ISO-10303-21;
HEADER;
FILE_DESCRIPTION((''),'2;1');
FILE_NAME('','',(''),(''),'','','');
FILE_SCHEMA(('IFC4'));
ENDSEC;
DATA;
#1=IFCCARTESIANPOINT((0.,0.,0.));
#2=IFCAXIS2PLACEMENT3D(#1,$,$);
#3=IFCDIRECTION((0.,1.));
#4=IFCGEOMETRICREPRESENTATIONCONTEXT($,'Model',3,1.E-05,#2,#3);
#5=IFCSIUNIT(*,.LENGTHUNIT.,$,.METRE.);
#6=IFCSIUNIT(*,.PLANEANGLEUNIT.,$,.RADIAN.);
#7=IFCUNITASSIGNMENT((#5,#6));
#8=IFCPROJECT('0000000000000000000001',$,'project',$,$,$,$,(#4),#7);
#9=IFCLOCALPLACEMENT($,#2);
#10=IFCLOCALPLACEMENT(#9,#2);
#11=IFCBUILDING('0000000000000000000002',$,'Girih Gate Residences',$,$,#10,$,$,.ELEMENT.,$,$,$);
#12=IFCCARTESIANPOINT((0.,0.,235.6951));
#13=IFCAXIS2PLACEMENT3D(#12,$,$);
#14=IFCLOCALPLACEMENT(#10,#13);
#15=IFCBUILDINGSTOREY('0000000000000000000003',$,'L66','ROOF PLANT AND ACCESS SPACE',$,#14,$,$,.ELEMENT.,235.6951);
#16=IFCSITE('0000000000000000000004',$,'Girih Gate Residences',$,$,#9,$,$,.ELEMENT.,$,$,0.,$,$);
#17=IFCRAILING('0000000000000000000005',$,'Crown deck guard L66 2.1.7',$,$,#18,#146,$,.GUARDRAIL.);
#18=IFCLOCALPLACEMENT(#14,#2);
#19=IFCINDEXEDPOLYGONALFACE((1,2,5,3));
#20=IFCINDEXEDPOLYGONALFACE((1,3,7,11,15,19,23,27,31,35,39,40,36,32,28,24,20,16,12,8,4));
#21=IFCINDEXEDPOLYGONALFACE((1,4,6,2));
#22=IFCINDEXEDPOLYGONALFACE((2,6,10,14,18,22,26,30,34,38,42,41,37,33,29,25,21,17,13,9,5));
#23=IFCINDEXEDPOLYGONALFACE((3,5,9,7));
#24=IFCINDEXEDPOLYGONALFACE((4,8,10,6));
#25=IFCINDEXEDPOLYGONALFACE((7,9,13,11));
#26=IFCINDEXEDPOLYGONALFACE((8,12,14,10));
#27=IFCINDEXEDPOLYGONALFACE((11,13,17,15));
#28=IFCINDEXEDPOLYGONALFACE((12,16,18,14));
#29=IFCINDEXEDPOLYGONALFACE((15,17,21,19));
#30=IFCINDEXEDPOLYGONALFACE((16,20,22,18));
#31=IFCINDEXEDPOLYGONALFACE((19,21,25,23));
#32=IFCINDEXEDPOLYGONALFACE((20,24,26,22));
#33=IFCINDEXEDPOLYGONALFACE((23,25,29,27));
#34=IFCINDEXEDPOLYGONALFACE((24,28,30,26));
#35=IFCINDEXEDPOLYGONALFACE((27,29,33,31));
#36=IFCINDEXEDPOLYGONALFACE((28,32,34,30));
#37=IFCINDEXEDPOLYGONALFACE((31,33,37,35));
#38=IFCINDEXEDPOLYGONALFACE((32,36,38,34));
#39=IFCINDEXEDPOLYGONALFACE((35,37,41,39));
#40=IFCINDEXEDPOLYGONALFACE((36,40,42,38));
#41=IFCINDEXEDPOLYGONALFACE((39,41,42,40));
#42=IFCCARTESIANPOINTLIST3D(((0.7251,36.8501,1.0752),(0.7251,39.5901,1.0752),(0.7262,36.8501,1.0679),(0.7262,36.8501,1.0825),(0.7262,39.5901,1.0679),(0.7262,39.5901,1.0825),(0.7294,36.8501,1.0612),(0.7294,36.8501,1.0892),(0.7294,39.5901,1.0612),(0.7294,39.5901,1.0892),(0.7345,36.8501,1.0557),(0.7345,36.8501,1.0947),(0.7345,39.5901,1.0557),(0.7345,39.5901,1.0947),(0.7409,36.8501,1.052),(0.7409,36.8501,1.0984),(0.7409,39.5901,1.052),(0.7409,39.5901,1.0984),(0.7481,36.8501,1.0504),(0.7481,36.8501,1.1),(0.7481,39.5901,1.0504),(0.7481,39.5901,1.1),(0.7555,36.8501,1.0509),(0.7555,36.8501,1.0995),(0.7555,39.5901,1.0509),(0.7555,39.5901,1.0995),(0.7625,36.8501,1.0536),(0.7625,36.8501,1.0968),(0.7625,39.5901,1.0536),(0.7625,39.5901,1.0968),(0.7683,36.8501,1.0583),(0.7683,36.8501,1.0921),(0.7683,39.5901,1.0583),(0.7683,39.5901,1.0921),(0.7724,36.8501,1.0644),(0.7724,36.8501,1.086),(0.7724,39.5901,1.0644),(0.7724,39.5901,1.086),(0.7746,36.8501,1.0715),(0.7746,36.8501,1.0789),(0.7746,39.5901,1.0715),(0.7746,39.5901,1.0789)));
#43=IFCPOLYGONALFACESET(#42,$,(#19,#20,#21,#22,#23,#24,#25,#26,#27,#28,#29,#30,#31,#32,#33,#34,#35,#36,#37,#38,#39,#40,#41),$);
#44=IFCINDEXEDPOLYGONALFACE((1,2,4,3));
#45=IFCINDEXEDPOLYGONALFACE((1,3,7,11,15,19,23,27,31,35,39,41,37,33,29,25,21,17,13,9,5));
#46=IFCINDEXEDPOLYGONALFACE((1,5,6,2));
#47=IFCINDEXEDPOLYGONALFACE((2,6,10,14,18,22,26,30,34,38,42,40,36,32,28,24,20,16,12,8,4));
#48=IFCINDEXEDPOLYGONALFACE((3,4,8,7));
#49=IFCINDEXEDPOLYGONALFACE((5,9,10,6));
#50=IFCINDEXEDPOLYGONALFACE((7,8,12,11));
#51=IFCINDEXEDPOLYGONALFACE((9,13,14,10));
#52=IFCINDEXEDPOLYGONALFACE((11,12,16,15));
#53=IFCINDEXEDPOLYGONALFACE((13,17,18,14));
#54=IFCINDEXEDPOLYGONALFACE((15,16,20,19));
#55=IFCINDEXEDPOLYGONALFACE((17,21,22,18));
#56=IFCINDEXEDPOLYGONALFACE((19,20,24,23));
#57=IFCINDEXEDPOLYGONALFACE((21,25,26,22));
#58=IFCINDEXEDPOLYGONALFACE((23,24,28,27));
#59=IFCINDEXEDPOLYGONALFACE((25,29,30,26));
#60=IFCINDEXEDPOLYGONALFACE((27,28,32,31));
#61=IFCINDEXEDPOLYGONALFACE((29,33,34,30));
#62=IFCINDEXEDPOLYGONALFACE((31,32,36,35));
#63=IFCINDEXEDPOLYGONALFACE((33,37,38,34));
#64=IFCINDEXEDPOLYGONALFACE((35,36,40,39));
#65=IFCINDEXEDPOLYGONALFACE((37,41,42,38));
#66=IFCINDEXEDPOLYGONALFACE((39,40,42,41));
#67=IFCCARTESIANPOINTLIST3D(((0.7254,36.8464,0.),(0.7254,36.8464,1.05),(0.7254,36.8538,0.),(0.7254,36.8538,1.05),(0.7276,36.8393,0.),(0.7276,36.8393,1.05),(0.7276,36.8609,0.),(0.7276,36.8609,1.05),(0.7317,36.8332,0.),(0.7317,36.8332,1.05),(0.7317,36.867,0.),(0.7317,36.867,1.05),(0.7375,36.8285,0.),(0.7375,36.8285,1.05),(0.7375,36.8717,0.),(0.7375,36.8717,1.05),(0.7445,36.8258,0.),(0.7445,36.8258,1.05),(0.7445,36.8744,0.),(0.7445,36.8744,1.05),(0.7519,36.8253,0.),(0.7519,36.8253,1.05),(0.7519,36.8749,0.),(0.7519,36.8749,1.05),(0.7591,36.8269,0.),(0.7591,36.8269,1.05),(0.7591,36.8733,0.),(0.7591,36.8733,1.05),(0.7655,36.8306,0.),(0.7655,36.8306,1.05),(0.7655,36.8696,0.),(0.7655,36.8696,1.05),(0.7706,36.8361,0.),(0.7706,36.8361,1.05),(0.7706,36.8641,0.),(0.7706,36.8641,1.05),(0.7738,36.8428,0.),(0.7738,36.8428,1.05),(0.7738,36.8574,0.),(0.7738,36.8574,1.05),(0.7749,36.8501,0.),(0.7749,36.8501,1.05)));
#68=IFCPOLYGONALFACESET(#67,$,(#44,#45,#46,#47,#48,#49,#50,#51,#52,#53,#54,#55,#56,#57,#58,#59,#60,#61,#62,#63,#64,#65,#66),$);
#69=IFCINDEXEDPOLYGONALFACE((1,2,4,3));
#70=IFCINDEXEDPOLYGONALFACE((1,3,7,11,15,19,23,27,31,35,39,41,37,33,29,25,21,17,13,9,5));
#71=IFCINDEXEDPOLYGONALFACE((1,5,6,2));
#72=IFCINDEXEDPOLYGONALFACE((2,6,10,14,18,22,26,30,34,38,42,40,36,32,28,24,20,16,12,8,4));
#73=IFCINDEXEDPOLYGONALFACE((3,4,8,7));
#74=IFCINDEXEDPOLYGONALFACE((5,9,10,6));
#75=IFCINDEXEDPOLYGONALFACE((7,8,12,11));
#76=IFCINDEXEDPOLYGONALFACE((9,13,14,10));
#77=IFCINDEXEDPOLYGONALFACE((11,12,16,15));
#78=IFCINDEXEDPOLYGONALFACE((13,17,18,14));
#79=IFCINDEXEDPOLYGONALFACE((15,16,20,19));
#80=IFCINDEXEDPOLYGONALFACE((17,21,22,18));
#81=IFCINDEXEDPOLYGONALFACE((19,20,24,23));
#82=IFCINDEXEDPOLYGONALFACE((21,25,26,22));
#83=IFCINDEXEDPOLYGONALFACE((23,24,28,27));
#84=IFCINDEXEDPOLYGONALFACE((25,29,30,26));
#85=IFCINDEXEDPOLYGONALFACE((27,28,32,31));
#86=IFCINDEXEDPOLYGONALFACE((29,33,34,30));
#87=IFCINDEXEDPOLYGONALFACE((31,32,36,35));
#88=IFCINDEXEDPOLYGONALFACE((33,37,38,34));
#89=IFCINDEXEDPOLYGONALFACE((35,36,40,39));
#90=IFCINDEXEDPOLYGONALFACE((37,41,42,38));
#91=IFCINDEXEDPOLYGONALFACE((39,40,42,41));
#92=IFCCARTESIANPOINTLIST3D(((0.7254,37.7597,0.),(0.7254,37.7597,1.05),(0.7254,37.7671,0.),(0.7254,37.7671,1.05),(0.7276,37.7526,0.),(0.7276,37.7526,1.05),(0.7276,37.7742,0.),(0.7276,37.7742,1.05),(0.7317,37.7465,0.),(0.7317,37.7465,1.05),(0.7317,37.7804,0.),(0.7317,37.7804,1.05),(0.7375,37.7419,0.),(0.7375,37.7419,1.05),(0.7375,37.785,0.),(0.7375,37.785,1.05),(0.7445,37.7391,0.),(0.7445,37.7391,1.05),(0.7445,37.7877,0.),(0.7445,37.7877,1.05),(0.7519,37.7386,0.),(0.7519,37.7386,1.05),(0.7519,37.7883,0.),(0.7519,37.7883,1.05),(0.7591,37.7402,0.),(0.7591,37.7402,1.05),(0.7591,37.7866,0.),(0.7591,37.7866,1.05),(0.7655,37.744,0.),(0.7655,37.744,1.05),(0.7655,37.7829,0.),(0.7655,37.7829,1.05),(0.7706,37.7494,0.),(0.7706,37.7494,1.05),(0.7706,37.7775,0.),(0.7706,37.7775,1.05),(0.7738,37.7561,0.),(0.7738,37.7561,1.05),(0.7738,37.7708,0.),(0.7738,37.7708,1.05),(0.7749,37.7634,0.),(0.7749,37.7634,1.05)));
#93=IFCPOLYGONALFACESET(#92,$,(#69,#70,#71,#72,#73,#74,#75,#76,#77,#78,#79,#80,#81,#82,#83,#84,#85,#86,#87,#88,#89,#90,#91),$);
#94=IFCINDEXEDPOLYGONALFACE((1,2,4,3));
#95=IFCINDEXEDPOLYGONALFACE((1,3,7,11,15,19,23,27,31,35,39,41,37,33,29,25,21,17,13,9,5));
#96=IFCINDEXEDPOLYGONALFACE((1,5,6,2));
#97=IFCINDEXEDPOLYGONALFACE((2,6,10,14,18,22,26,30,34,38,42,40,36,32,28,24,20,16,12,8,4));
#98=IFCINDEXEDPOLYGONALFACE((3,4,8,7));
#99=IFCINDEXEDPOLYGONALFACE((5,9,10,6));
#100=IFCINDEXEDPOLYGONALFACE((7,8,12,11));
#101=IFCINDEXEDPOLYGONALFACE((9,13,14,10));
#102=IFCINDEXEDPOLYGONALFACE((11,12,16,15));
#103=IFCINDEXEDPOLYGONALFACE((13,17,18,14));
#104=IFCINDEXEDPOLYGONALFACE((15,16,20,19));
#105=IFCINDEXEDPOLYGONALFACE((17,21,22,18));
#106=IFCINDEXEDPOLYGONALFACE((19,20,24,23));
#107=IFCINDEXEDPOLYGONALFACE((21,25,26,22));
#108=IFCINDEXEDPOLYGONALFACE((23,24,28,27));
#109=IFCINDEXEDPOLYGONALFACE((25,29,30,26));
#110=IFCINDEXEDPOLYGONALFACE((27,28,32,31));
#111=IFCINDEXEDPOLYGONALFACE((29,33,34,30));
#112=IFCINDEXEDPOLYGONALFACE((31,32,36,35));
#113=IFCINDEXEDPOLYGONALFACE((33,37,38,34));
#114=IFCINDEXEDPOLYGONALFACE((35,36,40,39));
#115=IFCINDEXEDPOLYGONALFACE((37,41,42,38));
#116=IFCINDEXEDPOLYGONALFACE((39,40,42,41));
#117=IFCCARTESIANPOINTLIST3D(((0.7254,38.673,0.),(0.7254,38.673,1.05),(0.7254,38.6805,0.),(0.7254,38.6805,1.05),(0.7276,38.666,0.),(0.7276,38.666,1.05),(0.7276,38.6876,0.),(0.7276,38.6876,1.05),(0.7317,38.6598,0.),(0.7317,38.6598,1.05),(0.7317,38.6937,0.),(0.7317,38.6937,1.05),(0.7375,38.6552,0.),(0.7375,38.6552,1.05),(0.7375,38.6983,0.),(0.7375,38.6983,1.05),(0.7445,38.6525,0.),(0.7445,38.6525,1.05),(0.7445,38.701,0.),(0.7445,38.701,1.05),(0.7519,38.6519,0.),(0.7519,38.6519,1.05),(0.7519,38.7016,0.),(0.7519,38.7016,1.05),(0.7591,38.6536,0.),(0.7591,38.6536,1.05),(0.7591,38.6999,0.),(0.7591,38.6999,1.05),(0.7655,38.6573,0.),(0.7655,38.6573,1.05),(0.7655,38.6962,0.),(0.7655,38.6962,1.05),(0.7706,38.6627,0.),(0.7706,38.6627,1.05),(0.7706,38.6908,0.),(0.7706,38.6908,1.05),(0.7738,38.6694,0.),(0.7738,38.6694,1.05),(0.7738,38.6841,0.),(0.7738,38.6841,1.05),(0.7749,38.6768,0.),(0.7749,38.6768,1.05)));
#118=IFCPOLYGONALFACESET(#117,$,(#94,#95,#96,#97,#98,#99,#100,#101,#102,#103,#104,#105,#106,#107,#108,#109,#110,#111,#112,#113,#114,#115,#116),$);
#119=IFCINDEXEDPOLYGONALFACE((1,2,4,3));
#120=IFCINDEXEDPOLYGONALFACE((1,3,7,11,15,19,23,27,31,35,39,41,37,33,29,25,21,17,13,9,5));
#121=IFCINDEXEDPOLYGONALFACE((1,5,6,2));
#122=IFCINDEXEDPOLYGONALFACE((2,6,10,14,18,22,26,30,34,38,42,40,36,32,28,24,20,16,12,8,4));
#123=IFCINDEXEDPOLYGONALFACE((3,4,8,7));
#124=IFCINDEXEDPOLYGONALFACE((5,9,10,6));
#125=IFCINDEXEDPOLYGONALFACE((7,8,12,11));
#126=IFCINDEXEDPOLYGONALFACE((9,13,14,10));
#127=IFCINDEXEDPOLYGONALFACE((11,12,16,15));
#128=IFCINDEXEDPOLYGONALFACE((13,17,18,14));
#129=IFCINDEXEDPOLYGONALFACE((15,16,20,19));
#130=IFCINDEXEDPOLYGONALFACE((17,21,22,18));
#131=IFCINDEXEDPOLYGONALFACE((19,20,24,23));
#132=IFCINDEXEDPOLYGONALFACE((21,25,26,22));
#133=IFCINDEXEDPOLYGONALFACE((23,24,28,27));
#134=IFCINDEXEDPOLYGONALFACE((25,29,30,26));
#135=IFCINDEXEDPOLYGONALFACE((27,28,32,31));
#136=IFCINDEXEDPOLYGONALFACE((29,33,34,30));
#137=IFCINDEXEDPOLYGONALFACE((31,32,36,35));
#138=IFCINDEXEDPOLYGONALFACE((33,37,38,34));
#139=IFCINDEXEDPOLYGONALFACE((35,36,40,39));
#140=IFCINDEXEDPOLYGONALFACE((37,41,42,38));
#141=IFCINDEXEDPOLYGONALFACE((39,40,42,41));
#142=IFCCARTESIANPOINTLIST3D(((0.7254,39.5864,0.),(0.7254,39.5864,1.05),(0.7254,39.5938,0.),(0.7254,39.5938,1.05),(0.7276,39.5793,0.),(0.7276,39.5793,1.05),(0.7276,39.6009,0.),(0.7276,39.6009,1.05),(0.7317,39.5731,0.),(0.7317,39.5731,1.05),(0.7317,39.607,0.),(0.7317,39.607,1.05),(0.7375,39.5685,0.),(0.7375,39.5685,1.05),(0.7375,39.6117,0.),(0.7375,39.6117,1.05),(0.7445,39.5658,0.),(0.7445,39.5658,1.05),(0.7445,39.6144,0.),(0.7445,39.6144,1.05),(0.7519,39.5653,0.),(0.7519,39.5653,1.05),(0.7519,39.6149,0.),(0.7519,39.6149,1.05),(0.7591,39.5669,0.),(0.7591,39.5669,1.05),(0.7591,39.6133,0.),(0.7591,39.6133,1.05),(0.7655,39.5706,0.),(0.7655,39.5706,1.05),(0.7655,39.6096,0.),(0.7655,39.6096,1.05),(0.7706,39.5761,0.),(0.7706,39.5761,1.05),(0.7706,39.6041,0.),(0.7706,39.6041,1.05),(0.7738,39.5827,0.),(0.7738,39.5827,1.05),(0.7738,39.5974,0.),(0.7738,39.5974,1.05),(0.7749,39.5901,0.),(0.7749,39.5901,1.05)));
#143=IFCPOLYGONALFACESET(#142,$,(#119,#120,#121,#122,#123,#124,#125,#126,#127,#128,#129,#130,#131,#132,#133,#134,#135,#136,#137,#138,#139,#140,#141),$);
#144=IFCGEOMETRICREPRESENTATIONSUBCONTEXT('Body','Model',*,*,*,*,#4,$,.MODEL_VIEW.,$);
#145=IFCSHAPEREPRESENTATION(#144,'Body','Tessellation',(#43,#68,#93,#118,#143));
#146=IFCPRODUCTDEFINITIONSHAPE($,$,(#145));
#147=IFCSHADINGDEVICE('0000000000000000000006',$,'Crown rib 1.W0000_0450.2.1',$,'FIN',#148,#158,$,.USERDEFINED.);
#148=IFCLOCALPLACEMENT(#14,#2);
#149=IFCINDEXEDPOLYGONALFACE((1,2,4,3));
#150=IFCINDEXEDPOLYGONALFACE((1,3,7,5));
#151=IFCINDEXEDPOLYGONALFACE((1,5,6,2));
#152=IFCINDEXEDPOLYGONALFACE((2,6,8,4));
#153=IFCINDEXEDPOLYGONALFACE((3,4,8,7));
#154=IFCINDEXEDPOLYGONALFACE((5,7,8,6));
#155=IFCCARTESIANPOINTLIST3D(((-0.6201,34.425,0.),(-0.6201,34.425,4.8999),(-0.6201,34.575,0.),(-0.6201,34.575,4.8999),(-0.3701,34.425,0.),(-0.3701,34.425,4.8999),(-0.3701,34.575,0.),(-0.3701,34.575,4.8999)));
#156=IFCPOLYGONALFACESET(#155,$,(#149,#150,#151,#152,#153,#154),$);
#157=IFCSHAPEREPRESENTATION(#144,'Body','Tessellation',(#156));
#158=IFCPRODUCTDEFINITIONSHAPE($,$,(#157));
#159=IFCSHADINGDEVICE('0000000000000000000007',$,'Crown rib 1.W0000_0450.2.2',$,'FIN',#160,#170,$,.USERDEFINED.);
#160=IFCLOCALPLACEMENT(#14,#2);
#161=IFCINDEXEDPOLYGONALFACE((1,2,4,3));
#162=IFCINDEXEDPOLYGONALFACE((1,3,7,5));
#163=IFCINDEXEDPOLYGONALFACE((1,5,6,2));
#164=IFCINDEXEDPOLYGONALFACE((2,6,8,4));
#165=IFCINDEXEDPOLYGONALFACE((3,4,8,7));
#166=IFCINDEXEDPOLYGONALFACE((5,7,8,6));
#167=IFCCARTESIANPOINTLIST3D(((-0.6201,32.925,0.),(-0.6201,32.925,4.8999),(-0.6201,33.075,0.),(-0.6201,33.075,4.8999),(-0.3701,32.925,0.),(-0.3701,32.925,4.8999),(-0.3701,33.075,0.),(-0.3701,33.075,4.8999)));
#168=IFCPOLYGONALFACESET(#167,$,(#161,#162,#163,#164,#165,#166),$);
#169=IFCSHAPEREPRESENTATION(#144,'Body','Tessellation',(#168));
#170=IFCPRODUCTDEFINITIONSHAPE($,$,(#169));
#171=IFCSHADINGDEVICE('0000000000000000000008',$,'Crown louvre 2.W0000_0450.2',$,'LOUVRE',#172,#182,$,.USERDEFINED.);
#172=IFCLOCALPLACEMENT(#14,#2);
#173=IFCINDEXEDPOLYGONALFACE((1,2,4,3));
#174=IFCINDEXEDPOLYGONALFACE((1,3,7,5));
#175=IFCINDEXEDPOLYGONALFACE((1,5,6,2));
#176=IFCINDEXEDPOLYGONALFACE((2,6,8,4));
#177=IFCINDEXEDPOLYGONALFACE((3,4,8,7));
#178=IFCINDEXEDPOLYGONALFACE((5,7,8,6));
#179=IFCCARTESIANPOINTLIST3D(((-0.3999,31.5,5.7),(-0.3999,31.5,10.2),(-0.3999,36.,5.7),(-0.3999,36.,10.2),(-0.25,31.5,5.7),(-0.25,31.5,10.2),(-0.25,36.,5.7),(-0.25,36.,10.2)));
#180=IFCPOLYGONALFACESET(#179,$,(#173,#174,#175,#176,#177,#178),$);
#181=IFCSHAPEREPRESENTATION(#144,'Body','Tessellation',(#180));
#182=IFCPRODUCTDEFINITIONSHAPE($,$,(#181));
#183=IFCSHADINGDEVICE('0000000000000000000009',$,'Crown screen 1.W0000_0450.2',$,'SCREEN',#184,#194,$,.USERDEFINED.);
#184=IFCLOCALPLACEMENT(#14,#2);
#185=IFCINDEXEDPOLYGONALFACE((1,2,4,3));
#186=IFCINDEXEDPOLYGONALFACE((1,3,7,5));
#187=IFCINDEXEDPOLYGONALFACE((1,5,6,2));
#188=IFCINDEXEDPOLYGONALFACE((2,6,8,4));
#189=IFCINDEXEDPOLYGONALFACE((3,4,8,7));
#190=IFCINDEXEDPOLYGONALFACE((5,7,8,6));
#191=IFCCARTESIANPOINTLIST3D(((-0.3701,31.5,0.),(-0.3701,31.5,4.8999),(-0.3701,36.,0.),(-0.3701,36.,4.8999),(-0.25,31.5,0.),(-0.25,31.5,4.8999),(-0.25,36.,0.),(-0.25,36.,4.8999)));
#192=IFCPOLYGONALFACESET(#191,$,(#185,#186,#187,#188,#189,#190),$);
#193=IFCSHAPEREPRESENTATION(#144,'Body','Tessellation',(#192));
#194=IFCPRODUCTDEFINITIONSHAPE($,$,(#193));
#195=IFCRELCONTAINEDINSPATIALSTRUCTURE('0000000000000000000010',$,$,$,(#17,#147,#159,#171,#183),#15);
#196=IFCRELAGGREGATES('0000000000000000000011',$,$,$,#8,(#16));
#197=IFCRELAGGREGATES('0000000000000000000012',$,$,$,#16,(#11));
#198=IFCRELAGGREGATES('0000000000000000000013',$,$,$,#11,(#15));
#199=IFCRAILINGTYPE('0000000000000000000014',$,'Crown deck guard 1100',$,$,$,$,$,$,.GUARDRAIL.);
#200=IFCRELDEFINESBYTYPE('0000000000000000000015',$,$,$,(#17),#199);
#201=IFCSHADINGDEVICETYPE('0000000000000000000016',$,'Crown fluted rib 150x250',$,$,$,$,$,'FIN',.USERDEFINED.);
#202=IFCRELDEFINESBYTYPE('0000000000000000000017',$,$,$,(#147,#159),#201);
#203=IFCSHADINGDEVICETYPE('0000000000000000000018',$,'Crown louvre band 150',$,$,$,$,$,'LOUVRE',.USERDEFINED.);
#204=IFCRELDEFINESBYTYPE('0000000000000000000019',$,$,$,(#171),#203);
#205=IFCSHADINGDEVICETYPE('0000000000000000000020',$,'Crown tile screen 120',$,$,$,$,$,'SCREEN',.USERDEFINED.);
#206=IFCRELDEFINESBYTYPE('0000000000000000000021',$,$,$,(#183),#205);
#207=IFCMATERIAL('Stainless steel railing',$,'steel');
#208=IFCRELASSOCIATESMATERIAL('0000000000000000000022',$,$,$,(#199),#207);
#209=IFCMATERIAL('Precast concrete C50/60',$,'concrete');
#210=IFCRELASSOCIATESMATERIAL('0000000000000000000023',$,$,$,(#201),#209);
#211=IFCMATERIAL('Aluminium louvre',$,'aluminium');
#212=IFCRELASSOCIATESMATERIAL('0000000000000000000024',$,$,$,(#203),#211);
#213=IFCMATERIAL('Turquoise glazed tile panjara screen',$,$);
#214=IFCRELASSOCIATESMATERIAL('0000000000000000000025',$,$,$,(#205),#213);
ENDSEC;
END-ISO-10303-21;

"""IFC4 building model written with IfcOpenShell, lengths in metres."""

from ifc_helpers import new_model, si_unit, direction, frame, origin, origin_2d, place, context, subcontext, project, spatial, rectangle, circle, extrude, material, type_object, element, save


model = new_model("IFC4")

# Units and contexts
model_context = context("Model", 3, precision=1e-05, world=origin(), true_north=direction((0.0, 1.0)))
body_context = subcontext(model_context, "Body", "Model", "MODEL_VIEW")
ifc_project = project(units=[si_unit("LENGTHUNIT", "METRE"), si_unit("PLANEANGLEUNIT", "RADIAN")], contexts=[model_context])

# Site, building, storey
site_placement = place(None, origin())
site = spatial("IfcSite", under=ifc_project, at=site_placement, Name="Girih Gate Residences", CompositionType="ELEMENT", RefElevation=0.0)
building_placement = place(site_placement, origin())
building = spatial("IfcBuilding", under=site, at=building_placement, Name="Girih Gate Residences", CompositionType="ELEMENT")
storey_placement = place(building_placement, frame((0.0, 0.0, 235.6951)))
storey = spatial("IfcBuildingStorey", under=building, at=storey_placement, Name="L66", Description="ROOF PLANT AND ACCESS SPACE", CompositionType="ELEMENT", Elevation=235.6951)

# Railing
ifc_material_1 = material(Name="Stainless steel railing", Category="steel")
railing_type_1 = type_object("IfcRailingType", Name="Crown deck guard 1100", PredefinedType="GUARDRAIL", material=ifc_material_1)
railing_1_placement = place(storey_placement, frame((0.75, 36.8501, 0.0)))
element("IfcRailing", 1, at=railing_1_placement, inside=storey, type_object=railing_type_1, Name="Crown deck guard L66 2.1.7", PredefinedType="GUARDRAIL", context=body_context, shape_type="SweptSolid", body=[
    extrude(circle(Radius=0.0249, at=origin_2d()), frame((0.0, 0.0, 1.0752), z_axis=(0.0, 1.0, 0.0), x_axis=(-1.0, 0.0, 0.0)), (0.0, 0.0, 1.0), 2.74),
    extrude(circle(Radius=0.0249, at=origin_2d()), origin(), (0.0, 0.0, 1.0), 1.05),
    extrude(circle(Radius=0.0249, at=origin_2d()), frame((0.0, 0.9133, 0.0)), (0.0, 0.0, 1.0), 1.05),
    extrude(circle(Radius=0.0249, at=origin_2d()), frame((0.0, 1.8267, 0.0)), (0.0, 0.0, 1.0), 1.05),
    extrude(circle(Radius=0.0249, at=origin_2d()), frame((0.0, 2.74, 0.0)), (0.0, 0.0, 1.0), 1.05),
])

# Shading devices
ifc_material_2 = material(Name="Precast concrete C50/60", Category="concrete")
shading_device_type_1 = type_object("IfcShadingDeviceType", Name="Crown fluted rib 150x250", ElementType="FIN", PredefinedType="USERDEFINED", material=ifc_material_2)
for number, where, z_axis, x_axis, name in (
    (2, (-0.4951, 34.5, 0.0), (0.0, 0.0, 1.0), (0.0, -1.0, 0.0), "Crown rib 1.W0000_0450.2.1"),
    (3, (-0.4951, 33.0, 0.0), (0.0, 0.0, 1.0), (0.0, -1.0, 0.0), "Crown rib 1.W0000_0450.2.2"),
):
    element("IfcShadingDevice", number, at=place(storey_placement, frame(where, z_axis=z_axis, x_axis=x_axis)), inside=storey, type_object=shading_device_type_1, Name=name, ObjectType="FIN", PredefinedType="USERDEFINED", context=body_context, shape_type="SweptSolid", body=[
        extrude(rectangle(XDim=0.1499, YDim=0.25, at=origin_2d()), origin(), (0.0, 0.0, 1.0), 4.8999),
    ])
ifc_material_3 = material(Name="Aluminium louvre", Category="aluminium")
shading_device_type_2 = type_object("IfcShadingDeviceType", Name="Crown louvre band 150", ElementType="LOUVRE", PredefinedType="USERDEFINED", material=ifc_material_3)
shading_device_1_placement = place(storey_placement, frame((-0.325, 33.75, 5.7), z_axis=(0.0, 0.0, 1.0), x_axis=(0.0, -1.0, 0.0)))
element("IfcShadingDevice", 4, at=shading_device_1_placement, inside=storey, type_object=shading_device_type_2, Name="Crown louvre 2.W0000_0450.2", ObjectType="LOUVRE", PredefinedType="USERDEFINED", context=body_context, shape_type="SweptSolid", body=[
    extrude(rectangle(XDim=4.5, YDim=0.1499, at=origin_2d()), origin(), (0.0, 0.0, 1.0), 4.5),
])
ifc_material_4 = material(Name="Turquoise glazed tile panjara screen")
shading_device_type_3 = type_object("IfcShadingDeviceType", Name="Crown tile screen 120", ElementType="SCREEN", PredefinedType="USERDEFINED", material=ifc_material_4)
shading_device_2_placement = place(storey_placement, frame((-0.3101, 33.75, 0.0), z_axis=(0.0, 0.0, 1.0), x_axis=(0.0, -1.0, 0.0)))
element("IfcShadingDevice", 5, at=shading_device_2_placement, inside=storey, type_object=shading_device_type_3, Name="Crown screen 1.W0000_0450.2", ObjectType="SCREEN", PredefinedType="USERDEFINED", context=body_context, shape_type="SweptSolid", body=[
    extrude(rectangle(XDim=4.5, YDim=0.1201, at=origin_2d()), origin(), (0.0, 0.0, 1.0), 4.8999),
])

save(model, "model.ifc")
